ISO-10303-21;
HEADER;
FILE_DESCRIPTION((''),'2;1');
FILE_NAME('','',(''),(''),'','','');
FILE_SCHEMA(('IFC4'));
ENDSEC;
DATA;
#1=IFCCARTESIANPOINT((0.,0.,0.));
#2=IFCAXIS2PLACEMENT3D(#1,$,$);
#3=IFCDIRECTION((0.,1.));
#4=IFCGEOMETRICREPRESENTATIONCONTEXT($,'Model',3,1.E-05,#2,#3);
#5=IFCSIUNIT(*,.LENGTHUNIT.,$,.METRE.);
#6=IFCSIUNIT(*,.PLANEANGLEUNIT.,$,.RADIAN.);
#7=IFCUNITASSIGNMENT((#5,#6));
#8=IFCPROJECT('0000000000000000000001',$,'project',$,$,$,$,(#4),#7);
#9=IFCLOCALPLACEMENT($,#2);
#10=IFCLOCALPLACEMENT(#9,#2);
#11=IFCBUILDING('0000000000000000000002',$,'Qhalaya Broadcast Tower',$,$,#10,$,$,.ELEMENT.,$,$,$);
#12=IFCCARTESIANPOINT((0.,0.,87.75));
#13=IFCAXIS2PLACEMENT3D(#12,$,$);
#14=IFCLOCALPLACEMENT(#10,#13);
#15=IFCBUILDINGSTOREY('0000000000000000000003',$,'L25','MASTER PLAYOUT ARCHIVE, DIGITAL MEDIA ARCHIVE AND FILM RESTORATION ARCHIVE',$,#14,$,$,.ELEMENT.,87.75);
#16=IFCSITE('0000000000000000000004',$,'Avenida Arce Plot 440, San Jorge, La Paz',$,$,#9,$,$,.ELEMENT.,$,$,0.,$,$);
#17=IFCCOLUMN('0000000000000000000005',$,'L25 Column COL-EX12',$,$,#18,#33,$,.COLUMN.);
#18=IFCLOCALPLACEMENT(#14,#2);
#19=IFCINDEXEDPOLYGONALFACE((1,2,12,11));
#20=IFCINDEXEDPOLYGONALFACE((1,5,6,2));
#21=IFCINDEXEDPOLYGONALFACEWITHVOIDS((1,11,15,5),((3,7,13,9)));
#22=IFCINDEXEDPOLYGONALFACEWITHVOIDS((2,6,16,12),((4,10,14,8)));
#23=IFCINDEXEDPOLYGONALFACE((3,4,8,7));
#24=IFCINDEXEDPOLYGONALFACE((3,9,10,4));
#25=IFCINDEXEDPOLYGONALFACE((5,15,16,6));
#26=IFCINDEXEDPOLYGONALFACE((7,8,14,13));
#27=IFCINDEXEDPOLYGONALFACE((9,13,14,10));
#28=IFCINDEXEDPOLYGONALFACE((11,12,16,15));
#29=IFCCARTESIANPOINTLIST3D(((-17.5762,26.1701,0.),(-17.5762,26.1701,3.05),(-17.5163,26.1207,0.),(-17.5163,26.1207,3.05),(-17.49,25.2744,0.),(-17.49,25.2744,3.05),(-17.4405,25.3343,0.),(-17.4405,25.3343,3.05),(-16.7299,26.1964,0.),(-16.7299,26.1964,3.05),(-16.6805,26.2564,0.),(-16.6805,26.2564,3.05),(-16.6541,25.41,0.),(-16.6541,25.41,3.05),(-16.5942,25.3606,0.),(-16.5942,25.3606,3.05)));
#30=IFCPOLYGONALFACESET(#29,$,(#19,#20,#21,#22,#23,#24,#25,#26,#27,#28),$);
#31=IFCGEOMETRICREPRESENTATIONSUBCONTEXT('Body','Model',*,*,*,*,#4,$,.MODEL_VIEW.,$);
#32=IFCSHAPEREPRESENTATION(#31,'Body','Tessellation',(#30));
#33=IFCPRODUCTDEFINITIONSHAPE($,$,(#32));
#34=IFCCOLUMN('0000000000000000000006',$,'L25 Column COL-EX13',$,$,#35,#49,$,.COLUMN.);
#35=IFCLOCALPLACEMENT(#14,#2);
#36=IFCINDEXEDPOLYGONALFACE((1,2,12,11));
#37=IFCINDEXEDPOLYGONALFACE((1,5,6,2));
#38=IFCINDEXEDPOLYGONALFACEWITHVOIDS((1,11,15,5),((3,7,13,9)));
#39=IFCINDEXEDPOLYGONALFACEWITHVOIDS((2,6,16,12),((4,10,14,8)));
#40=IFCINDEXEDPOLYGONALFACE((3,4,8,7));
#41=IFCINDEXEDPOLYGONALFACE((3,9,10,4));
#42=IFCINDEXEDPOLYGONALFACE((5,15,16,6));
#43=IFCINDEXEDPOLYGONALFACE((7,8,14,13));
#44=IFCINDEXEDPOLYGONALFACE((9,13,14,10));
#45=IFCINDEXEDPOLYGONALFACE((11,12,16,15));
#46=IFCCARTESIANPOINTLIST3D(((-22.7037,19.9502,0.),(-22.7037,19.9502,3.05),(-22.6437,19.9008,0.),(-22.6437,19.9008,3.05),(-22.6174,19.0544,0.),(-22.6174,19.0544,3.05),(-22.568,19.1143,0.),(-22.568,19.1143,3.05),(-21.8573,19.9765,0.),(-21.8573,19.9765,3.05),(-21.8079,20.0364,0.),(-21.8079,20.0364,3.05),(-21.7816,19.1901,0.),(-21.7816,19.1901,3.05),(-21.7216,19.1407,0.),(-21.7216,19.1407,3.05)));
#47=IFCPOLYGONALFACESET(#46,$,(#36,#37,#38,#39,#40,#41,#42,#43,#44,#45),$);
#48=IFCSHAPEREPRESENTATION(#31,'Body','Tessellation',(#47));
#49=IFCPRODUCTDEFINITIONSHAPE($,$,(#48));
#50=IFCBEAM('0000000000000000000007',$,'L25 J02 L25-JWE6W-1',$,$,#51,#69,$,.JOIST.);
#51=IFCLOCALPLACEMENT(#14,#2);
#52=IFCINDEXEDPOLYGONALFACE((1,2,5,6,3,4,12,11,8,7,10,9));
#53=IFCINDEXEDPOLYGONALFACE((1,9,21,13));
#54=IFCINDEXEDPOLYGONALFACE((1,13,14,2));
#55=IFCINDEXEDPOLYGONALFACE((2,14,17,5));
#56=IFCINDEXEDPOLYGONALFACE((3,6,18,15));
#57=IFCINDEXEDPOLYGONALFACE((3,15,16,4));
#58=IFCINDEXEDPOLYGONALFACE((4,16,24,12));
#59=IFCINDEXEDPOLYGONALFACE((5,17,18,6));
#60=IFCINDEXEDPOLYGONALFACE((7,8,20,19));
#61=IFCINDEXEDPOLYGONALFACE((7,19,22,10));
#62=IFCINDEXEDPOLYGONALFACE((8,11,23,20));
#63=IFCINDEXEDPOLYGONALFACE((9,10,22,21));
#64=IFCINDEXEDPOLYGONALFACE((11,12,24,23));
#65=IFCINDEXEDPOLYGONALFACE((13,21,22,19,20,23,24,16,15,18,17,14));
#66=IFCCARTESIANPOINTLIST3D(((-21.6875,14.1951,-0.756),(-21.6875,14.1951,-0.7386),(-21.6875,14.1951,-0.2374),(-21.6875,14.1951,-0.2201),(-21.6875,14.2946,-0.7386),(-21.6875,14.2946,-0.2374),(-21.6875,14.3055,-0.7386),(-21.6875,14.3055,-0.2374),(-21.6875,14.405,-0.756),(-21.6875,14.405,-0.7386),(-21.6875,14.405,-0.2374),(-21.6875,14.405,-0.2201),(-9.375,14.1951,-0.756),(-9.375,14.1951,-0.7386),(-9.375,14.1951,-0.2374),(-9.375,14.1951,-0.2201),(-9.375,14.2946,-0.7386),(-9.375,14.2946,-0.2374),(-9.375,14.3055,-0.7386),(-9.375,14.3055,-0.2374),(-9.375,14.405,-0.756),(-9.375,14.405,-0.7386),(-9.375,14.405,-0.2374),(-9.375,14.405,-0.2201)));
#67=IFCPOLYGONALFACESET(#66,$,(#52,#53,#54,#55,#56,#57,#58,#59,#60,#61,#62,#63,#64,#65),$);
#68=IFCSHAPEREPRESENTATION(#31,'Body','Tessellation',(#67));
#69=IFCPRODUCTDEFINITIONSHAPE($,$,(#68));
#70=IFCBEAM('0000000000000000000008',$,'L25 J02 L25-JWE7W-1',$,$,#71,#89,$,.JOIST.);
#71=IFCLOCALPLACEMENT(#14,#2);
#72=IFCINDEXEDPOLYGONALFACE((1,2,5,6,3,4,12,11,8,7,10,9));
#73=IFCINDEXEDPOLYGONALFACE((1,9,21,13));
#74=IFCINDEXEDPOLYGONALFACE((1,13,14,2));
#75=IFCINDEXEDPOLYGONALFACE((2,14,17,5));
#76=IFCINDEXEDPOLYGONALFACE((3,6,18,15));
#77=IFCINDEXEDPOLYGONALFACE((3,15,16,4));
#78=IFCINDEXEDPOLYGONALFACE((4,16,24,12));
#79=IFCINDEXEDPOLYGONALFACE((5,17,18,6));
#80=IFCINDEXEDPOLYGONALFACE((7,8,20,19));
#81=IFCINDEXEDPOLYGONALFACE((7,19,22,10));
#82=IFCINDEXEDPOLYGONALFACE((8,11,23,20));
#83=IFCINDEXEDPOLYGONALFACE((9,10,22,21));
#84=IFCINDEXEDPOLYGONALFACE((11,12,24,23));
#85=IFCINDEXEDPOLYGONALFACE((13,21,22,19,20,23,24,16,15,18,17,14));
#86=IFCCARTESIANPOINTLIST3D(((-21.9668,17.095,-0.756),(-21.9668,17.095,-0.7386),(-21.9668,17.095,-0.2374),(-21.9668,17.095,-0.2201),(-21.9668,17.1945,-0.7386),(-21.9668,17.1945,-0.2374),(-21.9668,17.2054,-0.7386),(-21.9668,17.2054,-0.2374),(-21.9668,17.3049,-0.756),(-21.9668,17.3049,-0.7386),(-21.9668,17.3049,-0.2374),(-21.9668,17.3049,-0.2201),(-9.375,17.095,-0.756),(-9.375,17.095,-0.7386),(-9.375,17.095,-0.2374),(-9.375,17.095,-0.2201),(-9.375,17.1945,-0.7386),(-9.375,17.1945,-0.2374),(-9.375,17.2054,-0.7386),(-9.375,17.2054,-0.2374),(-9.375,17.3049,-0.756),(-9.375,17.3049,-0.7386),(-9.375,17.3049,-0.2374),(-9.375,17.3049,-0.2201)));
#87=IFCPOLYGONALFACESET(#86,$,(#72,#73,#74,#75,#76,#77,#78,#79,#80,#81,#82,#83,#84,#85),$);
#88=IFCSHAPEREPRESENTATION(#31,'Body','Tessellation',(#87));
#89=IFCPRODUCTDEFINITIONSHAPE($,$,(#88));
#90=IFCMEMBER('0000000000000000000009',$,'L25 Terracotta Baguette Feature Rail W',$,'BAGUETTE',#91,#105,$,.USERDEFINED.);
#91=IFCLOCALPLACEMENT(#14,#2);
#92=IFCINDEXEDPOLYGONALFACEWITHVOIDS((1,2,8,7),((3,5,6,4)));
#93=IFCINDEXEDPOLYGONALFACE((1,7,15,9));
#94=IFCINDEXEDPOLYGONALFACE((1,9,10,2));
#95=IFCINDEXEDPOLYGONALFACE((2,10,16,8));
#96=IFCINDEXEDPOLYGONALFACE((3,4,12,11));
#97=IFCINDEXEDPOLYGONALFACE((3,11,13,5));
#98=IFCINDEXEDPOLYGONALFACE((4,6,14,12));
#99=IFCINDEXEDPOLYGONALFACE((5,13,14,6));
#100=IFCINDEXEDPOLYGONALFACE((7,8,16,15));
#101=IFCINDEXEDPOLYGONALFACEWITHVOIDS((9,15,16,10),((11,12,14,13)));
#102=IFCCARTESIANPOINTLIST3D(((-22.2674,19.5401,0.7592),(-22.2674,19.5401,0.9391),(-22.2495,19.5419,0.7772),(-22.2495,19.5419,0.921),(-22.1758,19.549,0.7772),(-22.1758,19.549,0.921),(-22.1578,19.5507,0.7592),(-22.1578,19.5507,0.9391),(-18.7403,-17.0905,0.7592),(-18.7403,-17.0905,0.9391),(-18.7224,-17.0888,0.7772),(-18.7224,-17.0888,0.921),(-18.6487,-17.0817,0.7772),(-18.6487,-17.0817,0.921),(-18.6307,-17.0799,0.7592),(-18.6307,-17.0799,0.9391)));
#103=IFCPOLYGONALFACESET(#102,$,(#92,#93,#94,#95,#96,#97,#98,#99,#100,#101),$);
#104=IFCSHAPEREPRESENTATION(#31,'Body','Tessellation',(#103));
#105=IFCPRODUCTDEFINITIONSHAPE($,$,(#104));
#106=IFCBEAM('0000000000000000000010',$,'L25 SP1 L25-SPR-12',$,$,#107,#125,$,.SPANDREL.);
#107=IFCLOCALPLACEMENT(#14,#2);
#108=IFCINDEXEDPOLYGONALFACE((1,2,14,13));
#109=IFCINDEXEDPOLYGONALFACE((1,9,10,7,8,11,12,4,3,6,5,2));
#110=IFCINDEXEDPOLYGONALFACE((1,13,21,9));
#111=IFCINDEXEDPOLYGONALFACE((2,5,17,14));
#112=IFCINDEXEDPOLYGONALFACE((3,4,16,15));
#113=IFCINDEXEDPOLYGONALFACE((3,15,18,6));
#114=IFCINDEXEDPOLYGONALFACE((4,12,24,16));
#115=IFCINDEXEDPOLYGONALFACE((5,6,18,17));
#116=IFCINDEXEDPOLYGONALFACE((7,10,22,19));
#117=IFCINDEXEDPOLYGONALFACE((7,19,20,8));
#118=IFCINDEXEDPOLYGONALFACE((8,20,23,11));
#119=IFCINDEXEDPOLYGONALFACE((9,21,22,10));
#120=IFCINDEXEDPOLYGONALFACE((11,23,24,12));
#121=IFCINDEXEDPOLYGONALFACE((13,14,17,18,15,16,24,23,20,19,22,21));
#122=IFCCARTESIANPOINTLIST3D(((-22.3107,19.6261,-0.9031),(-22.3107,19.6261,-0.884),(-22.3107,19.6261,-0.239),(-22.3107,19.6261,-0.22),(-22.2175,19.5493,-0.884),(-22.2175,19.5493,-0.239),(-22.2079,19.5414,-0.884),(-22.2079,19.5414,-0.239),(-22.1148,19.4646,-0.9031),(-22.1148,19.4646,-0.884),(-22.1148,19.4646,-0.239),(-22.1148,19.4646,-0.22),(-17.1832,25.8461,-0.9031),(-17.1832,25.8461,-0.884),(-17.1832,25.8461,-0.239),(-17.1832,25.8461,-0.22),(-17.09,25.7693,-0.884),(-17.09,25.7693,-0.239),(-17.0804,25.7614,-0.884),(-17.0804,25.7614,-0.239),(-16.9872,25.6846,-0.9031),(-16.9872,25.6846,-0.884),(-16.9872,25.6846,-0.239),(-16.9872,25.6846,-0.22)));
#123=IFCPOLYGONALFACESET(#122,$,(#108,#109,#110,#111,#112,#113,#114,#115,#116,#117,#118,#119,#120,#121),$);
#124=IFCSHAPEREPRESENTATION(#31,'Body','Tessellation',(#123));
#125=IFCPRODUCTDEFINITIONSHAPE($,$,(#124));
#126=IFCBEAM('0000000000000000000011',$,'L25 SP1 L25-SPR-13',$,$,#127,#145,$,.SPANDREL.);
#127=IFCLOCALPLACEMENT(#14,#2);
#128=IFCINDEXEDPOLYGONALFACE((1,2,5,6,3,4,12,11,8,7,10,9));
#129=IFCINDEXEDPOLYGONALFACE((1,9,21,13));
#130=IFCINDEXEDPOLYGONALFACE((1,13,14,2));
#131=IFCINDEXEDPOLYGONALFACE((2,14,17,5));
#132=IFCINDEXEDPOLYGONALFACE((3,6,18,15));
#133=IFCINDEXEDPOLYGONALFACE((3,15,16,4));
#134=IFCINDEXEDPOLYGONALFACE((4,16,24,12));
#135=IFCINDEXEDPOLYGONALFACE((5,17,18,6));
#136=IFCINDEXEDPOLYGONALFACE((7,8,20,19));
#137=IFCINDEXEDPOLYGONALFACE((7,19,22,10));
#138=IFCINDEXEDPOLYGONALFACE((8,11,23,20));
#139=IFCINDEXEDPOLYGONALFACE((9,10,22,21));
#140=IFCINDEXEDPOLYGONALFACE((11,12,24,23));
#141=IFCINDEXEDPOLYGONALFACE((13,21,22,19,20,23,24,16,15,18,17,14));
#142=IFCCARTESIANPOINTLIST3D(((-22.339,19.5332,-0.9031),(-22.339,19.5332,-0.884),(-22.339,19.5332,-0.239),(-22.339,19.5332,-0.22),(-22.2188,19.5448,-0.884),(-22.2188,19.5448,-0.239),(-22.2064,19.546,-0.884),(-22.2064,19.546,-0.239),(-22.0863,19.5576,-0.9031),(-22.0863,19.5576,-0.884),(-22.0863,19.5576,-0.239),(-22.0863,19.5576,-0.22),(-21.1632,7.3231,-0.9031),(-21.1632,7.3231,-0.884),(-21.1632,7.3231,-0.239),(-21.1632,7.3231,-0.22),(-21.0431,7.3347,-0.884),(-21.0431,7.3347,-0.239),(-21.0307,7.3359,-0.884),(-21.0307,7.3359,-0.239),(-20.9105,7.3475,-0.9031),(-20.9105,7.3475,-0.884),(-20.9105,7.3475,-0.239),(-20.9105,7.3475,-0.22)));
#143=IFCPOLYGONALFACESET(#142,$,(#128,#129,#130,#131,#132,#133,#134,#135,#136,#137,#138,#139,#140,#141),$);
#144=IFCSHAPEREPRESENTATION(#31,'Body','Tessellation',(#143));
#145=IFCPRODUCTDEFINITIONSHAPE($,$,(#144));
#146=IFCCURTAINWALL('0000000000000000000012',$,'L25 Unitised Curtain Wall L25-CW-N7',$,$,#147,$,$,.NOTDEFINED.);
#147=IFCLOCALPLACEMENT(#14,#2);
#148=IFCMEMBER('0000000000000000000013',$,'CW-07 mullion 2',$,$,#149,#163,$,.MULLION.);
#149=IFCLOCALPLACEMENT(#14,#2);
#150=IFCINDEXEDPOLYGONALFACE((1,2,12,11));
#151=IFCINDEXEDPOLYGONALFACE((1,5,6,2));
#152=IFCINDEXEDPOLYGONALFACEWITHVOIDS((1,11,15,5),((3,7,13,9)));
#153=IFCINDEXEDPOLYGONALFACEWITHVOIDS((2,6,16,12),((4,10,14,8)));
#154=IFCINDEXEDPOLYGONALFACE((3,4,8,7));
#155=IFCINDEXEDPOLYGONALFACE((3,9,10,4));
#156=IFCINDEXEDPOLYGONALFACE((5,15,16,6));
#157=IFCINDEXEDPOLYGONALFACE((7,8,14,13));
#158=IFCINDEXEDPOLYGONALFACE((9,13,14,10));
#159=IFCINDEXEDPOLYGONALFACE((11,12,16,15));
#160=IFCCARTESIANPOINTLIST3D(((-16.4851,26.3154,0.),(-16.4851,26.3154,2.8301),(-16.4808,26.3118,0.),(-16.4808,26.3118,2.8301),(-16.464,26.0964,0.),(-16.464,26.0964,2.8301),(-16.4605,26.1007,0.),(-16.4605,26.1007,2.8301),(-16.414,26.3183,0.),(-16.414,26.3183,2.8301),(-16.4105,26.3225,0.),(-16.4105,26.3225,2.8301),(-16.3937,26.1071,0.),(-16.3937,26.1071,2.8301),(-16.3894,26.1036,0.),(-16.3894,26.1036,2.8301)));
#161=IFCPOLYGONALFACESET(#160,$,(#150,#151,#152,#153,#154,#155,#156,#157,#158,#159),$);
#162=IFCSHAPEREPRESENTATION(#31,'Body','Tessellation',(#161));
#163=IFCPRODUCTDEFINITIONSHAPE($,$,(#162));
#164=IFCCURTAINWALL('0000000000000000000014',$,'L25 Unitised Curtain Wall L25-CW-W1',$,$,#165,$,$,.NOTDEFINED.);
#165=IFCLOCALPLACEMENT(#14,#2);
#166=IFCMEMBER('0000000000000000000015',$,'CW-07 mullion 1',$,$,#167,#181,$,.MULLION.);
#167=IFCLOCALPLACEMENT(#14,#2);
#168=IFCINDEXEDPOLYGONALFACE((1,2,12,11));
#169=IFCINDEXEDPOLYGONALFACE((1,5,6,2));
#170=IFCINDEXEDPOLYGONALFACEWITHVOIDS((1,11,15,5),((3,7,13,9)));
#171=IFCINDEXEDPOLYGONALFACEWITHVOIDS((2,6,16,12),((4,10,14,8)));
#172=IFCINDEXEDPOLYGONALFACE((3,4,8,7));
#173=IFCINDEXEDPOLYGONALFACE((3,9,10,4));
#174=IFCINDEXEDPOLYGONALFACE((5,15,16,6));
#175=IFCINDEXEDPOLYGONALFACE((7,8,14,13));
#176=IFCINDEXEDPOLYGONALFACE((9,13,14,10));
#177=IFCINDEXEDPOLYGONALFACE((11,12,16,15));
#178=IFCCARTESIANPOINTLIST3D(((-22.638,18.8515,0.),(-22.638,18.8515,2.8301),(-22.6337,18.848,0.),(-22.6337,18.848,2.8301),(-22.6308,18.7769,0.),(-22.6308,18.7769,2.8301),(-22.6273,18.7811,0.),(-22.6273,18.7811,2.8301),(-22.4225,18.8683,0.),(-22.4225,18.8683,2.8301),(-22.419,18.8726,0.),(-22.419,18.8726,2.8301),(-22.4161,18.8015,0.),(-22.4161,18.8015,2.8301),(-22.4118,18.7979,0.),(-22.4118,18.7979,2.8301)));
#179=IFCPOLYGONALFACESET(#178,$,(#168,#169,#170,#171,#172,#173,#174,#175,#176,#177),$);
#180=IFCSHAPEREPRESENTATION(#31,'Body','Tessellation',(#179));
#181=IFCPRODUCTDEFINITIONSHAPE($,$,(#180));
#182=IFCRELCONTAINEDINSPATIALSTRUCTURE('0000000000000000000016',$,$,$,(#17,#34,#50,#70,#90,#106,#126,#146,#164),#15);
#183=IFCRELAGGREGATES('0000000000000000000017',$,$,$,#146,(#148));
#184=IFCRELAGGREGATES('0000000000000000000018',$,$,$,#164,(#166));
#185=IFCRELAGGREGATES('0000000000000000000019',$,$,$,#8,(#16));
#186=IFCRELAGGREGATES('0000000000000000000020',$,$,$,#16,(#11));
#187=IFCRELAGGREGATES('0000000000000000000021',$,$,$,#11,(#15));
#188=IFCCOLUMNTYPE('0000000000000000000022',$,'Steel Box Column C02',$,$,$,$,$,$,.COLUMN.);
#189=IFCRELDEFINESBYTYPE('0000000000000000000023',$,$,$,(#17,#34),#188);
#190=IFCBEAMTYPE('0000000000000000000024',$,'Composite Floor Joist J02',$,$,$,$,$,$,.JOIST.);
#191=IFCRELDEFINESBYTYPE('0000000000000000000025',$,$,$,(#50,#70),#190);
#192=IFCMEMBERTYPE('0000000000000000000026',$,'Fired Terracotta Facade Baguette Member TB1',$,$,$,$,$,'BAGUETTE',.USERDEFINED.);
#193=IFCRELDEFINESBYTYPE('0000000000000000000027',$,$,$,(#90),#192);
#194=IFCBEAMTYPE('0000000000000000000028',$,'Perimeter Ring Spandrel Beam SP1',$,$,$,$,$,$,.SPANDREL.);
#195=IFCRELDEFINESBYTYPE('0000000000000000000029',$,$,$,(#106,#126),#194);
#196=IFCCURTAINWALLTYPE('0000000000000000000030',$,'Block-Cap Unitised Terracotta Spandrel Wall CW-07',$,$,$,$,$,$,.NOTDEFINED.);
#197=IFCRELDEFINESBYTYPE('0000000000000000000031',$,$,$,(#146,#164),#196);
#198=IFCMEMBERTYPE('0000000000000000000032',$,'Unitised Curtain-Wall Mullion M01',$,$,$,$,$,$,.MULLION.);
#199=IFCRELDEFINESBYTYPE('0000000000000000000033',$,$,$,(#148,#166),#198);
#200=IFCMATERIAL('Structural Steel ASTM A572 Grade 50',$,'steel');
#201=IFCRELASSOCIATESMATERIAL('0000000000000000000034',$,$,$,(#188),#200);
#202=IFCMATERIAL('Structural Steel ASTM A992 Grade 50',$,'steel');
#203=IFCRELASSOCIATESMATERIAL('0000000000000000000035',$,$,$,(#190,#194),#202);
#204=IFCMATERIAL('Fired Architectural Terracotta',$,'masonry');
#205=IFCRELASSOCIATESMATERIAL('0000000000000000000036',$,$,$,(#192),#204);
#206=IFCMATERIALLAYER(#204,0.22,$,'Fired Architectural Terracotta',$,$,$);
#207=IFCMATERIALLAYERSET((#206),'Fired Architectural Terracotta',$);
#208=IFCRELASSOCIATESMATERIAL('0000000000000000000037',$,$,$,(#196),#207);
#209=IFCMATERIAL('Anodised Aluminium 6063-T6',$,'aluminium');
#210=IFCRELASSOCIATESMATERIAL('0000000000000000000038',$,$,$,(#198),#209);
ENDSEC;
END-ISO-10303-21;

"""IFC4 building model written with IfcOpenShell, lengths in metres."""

from ifc_helpers import new_model, si_unit, direction, frame, origin, origin_2d, place, context, subcontext, project, spatial, hollow_rectangle, i_section, extrude, material, layer, layer_set, material_profile, profile_set, type_object, element, aggregate, save


model = new_model("IFC4")

# Units and contexts
model_context = context("Model", 3, precision=1e-05, world=origin(), true_north=direction((0.0, 1.0)))
body_context = subcontext(model_context, "Body", "Model", "MODEL_VIEW")
ifc_project = project(units=[si_unit("LENGTHUNIT", "METRE"), si_unit("PLANEANGLEUNIT", "RADIAN")], contexts=[model_context])

# Site, building, storey
site_placement = place(None, origin())
site = spatial("IfcSite", under=ifc_project, at=site_placement, Name="Avenida Arce Plot 440, San Jorge, La Paz", CompositionType="ELEMENT", RefElevation=0.0)
building_placement = place(site_placement, origin())
building = spatial("IfcBuilding", under=site, at=building_placement, Name="Qhalaya Broadcast Tower", CompositionType="ELEMENT")
storey_placement = place(building_placement, frame((0.0, 0.0, 87.75)))
storey = spatial("IfcBuildingStorey", under=building, at=storey_placement, Name="L25", Description="MASTER PLAYOUT ARCHIVE, DIGITAL MEDIA ARCHIVE AND FILM RESTORATION ARCHIVE", CompositionType="ELEMENT", Elevation=87.75)

# Columns
ifc_material_1 = material(Name="Structural Steel ASTM A572 Grade 50", Category="steel")
ifc_material_profile_1 = material_profile(ifc_material_1, hollow_rectangle(XDim=0.8999, YDim=0.8999, WallThickness=0.0549, at=origin_2d()), Name="BOX 900x900x55")
ifc_profile_set_1 = profile_set([ifc_material_profile_1], Name="Structural Steel ASTM A572 Grade 50")
column_type = type_object("IfcColumnType", Name="Steel Box Column C02", PredefinedType="COLUMN", material=ifc_profile_set_1)
for number, where, z_axis, x_axis, name in (
    (1, (-17.0852, 25.7654, 0.0), (0.0, 0.0, 1.0), (0.995396, 0.095846, 0.0), "L25 Column COL-EX12"),
    (2, (-22.2126, 19.5454, 0.0), (0.0, 0.0, 1.0), (-0.095846, 0.995396, 0.0), "L25 Column COL-EX13"),
):
    element("IfcColumn", number, at=place(storey_placement, frame(where, z_axis=z_axis, x_axis=x_axis)), inside=storey, type_object=column_type, Name=name, PredefinedType="COLUMN", context=body_context, shape_type="SweptSolid", body=[
        extrude(hollow_rectangle(XDim=0.8999, YDim=0.8999, WallThickness=0.0549, at=origin_2d()), origin(), (0.0, 0.0, 1.0), 3.05),
    ])

# Beams
ifc_material_2 = material(Name="Structural Steel ASTM A992 Grade 50", Category="steel")
ifc_material_profile_2 = material_profile(ifc_material_2, i_section(OverallWidth=0.21, OverallDepth=0.5359, WebThickness=0.011, FlangeThickness=0.0173, at=origin_2d()), Name="W21X68")
ifc_profile_set_2 = profile_set([ifc_material_profile_2], Name="Structural Steel ASTM A992 Grade 50")
beam_type_1 = type_object("IfcBeamType", Name="Composite Floor Joist J02", PredefinedType="JOIST", material=ifc_profile_set_2)
beam_1_placement = place(storey_placement, frame((-21.6875, 14.3, -0.488), z_axis=(1.0, 0.0, 0.0), x_axis=(0.0, 1.0, 0.0)))
element("IfcBeam", 3, at=beam_1_placement, inside=storey, type_object=beam_type_1, Name="L25 J02 L25-JWE6W-1", PredefinedType="JOIST", context=body_context, shape_type="SweptSolid", body=[
    extrude(i_section(OverallWidth=0.21, OverallDepth=0.5359, WebThickness=0.011, FlangeThickness=0.0173, at=origin_2d()), origin(), (0.0, 0.0, 1.0), 12.3125),
])
beam_2_placement = place(storey_placement, frame((-21.9668, 17.2, -0.488), z_axis=(1.0, 0.0, 0.0), x_axis=(0.0, 1.0, 0.0)))
element("IfcBeam", 4, at=beam_2_placement, inside=storey, type_object=beam_type_1, Name="L25 J02 L25-JWE7W-1", PredefinedType="JOIST", context=body_context, shape_type="SweptSolid", body=[
    extrude(i_section(OverallWidth=0.21, OverallDepth=0.5359, WebThickness=0.011, FlangeThickness=0.0173, at=origin_2d()), origin(), (0.0, 0.0, 1.0), 12.5918),
])

# Member
ifc_material_3 = material(Name="Fired Architectural Terracotta", Category="masonry")
ifc_material_profile_3 = material_profile(ifc_material_3, hollow_rectangle(XDim=0.1101, YDim=0.1799, WallThickness=0.0181, at=origin_2d()), Name="TB-BAG 110x180x18")
ifc_profile_set_3 = profile_set([ifc_material_profile_3], Name="Fired Architectural Terracotta")
member_type_1 = type_object("IfcMemberType", Name="Fired Terracotta Facade Baguette Member TB1", ElementType="BAGUETTE", PredefinedType="USERDEFINED", material=ifc_profile_set_3)
member_1_placement = place(storey_placement, frame((-22.2126, 19.5454, 0.8491), z_axis=(0.095845, -0.995396, 0.0), x_axis=(0.995396, 0.095845, 0.0)))
element("IfcMember", 5, at=member_1_placement, inside=storey, type_object=member_type_1, Name="L25 Terracotta Baguette Feature Rail W", ObjectType="BAGUETTE", PredefinedType="USERDEFINED", context=body_context, shape_type="SweptSolid", body=[
    extrude(hollow_rectangle(XDim=0.1101, YDim=0.1799, WallThickness=0.0181, at=origin_2d()), origin(), (0.0, 0.0, 1.0), 36.8),
])

# Beams
ifc_material_profile_4 = material_profile(ifc_material_2, i_section(OverallWidth=0.2539, OverallDepth=0.6831, WebThickness=0.0125, FlangeThickness=0.019, at=origin_2d()), Name="W27X94")
ifc_profile_set_4 = profile_set([ifc_material_profile_4], Name="Structural Steel ASTM A992 Grade 50")
beam_type_2 = type_object("IfcBeamType", Name="Perimeter Ring Spandrel Beam SP1", PredefinedType="SPANDREL", material=ifc_profile_set_4)
beam_3_placement = place(storey_placement, frame((-17.0852, 25.7654, -0.5615), z_axis=(-0.636085, -0.771619, 0.0), x_axis=(0.771619, -0.636085, 0.0)))
element("IfcBeam", 6, at=beam_3_placement, inside=storey, type_object=beam_type_2, Name="L25 SP1 L25-SPR-12", PredefinedType="SPANDREL", context=body_context, shape_type="SweptSolid", body=[
    extrude(i_section(OverallWidth=0.2539, OverallDepth=0.6831, WebThickness=0.0125, FlangeThickness=0.019, at=origin_2d()), origin(), (0.0, 0.0, 1.0), 8.061),
])
beam_4_placement = place(storey_placement, frame((-22.2126, 19.5454, -0.5615), z_axis=(0.095852, -0.995396, 0.0), x_axis=(0.995396, 0.095852, 0.0)))
element("IfcBeam", 7, at=beam_4_placement, inside=storey, type_object=beam_type_2, Name="L25 SP1 L25-SPR-13", PredefinedType="SPANDREL", context=body_context, shape_type="SweptSolid", body=[
    extrude(i_section(OverallWidth=0.2539, OverallDepth=0.6831, WebThickness=0.0125, FlangeThickness=0.019, at=origin_2d()), origin(), (0.0, 0.0, 1.0), 12.2666),
])

# Curtain wall, member
ifc_layer_1 = layer(ifc_material_3, 0.22, Name="Fired Architectural Terracotta")
ifc_layer_set_1 = layer_set([ifc_layer_1], Name="Fired Architectural Terracotta")
curtain_wall_type_1 = type_object("IfcCurtainWallType", Name="Block-Cap Unitised Terracotta Spandrel Wall CW-07", PredefinedType="NOTDEFINED", material=ifc_layer_set_1)
curtain_wall_1_placement = place(storey_placement, origin())
curtain_wall_1 = element("IfcCurtainWall", 8, at=curtain_wall_1_placement, inside=storey, type_object=curtain_wall_type_1, Name="L25 Unitised Curtain Wall L25-CW-N7", PredefinedType="NOTDEFINED")
ifc_material_4 = material(Name="Anodised Aluminium 6063-T6", Category="aluminium")
ifc_material_profile_5 = material_profile(ifc_material_4, hollow_rectangle(XDim=0.075, YDim=0.22, WallThickness=0.0039, at=origin_2d()), Name="ALU-MUL 75x220x4")
ifc_profile_set_5 = profile_set([ifc_material_profile_5], Name="Anodised Aluminium 6063-T6")
member_type_2 = type_object("IfcMemberType", Name="Unitised Curtain-Wall Mullion M01", PredefinedType="MULLION", material=ifc_profile_set_5)
member_2_placement = place(storey_placement, frame((-16.4373, 26.2095, 0.0), z_axis=(0.0, 0.0, 1.0), x_axis=(-0.995397, -0.095834, 0.0)))
member_2 = element("IfcMember", 9, at=member_2_placement, type_object=member_type_2, Name="CW-07 mullion 2", PredefinedType="MULLION", context=body_context, shape_type="SweptSolid", body=[
    extrude(hollow_rectangle(XDim=0.075, YDim=0.22, WallThickness=0.0039, at=origin_2d()), origin(), (0.0, 0.0, 1.0), 2.8301),
])
aggregate(curtain_wall_1, [member_2])

# Curtain wall, member
curtain_wall_2_placement = place(storey_placement, origin())
curtain_wall_2 = element("IfcCurtainWall", 10, at=curtain_wall_2_placement, inside=storey, type_object=curtain_wall_type_1, Name="L25 Unitised Curtain Wall L25-CW-W1", PredefinedType="NOTDEFINED")
member_3_placement = place(storey_placement, frame((-22.5249, 18.8247, 0.0), z_axis=(0.0, 0.0, 1.0), x_axis=(0.095853, -0.995396, 0.0)))
member_3 = element("IfcMember", 11, at=member_3_placement, type_object=member_type_2, Name="CW-07 mullion 1", PredefinedType="MULLION", context=body_context, shape_type="SweptSolid", body=[
    extrude(hollow_rectangle(XDim=0.075, YDim=0.22, WallThickness=0.0039, at=origin_2d()), origin(), (0.0, 0.0, 1.0), 2.8301),
])

aggregate(curtain_wall_2, [member_3])

save(model, "model.ifc")
